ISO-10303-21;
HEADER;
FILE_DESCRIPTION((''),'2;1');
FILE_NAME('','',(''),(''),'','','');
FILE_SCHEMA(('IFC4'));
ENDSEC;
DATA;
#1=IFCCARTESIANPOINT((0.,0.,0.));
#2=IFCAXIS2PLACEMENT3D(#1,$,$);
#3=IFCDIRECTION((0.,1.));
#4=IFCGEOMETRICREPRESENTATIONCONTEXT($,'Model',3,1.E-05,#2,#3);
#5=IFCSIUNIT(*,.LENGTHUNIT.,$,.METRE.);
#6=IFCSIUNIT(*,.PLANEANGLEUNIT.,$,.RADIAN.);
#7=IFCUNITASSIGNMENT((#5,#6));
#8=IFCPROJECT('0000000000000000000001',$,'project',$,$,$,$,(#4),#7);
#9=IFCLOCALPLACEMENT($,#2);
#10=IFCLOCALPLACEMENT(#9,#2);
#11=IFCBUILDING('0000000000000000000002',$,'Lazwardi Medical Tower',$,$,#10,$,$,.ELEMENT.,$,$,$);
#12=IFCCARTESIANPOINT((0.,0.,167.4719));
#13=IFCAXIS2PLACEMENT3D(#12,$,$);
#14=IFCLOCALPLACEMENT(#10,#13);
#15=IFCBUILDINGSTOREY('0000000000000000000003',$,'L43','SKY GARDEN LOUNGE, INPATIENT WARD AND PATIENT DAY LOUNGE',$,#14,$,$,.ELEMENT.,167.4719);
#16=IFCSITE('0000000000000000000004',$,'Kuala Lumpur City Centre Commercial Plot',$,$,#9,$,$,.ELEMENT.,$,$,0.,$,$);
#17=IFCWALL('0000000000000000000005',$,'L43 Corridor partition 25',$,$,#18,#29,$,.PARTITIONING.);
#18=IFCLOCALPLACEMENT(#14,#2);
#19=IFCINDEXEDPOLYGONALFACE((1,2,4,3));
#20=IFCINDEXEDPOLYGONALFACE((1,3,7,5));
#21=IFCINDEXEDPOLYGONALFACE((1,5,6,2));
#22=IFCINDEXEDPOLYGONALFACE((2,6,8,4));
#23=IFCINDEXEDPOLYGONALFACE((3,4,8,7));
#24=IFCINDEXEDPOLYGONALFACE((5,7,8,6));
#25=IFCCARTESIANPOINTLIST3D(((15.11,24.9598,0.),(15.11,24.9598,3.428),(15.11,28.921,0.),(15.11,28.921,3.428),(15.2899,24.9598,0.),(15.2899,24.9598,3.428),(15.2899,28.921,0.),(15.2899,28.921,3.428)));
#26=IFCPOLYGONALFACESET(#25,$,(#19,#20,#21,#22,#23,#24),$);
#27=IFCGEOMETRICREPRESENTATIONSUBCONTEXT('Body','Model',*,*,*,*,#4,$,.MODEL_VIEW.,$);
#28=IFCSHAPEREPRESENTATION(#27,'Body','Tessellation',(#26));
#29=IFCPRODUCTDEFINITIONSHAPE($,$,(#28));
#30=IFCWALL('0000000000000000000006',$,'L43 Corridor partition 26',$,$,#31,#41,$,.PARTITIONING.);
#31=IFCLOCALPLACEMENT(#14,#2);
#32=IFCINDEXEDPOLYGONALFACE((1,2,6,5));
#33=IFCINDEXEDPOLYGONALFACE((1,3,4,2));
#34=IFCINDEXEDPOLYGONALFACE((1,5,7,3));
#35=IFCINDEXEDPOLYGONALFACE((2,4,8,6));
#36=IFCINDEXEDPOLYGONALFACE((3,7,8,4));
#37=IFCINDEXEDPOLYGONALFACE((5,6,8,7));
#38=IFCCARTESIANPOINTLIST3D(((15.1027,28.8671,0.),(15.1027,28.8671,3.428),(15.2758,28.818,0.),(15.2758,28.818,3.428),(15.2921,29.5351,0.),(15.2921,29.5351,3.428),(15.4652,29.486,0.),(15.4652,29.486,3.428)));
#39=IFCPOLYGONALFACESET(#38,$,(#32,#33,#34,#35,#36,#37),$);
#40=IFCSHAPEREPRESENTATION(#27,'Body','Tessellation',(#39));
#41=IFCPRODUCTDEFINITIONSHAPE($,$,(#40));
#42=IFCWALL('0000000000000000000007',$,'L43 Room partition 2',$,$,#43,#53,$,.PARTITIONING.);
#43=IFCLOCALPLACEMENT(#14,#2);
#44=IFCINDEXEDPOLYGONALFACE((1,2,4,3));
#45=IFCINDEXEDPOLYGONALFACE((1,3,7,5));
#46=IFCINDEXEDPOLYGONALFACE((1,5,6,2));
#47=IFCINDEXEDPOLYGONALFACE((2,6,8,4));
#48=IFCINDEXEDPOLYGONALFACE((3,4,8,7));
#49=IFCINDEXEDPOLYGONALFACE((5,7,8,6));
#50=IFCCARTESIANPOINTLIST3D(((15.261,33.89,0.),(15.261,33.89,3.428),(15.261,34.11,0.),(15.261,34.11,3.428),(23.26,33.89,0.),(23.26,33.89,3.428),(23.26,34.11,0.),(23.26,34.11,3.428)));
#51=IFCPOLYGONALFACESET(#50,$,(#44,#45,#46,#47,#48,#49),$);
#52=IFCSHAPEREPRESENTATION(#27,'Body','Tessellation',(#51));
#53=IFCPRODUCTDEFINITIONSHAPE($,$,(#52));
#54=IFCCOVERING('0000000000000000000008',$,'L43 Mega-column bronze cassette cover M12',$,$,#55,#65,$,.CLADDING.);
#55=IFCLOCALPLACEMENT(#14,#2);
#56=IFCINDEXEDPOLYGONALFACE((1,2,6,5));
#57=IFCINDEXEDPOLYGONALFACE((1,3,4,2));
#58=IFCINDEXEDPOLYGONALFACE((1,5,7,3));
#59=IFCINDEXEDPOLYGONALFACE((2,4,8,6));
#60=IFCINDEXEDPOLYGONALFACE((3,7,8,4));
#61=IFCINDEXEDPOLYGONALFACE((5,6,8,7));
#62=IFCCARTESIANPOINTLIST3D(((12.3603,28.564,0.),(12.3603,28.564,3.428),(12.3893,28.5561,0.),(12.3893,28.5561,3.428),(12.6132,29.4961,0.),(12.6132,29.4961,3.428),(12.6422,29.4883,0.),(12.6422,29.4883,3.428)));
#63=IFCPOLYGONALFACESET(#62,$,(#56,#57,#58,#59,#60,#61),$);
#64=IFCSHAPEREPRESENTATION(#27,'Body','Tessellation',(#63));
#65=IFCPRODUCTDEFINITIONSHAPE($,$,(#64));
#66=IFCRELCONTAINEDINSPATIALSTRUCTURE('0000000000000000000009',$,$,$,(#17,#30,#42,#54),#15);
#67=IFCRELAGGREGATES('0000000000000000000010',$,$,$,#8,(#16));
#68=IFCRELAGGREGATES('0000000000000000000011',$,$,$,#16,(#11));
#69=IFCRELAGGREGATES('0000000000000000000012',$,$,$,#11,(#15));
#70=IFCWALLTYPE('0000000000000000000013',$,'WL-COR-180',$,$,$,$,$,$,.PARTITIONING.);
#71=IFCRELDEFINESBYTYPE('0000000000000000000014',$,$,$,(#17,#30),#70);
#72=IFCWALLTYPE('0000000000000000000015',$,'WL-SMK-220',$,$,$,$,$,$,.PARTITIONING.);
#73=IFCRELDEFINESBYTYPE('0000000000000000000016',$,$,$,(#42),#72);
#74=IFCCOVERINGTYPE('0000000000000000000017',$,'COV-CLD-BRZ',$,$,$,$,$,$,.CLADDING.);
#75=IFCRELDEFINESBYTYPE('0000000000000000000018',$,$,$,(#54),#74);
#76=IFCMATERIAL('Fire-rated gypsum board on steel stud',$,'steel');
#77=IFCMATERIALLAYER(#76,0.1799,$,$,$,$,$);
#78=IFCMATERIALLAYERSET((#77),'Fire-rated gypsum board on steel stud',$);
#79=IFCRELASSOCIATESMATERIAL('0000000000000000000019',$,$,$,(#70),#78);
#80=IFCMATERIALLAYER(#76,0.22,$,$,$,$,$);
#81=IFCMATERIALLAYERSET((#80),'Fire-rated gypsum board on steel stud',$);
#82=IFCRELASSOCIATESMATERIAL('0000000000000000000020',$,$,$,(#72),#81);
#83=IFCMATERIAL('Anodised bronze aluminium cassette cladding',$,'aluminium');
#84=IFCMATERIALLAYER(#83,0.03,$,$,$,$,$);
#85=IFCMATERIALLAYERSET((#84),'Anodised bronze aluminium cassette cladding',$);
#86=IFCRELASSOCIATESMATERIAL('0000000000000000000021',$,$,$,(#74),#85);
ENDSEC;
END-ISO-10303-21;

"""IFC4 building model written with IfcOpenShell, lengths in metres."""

from ifc_helpers import new_model, si_unit, direction, frame, frame_2d, origin, origin_2d, place, context, subcontext, project, spatial, rectangle, extrude, material, layer, layer_set, type_object, element, save


model = new_model("IFC4")

# Units and contexts
model_context = context("Model", 3, precision=1e-05, world=origin(), true_north=direction((0.0, 1.0)))
body_context = subcontext(model_context, "Body", "Model", "MODEL_VIEW")
ifc_project = project(units=[si_unit("LENGTHUNIT", "METRE"), si_unit("PLANEANGLEUNIT", "RADIAN")], contexts=[model_context])

# Site, building, storey
site_placement = place(None, origin())
site = spatial("IfcSite", under=ifc_project, at=site_placement, Name="Kuala Lumpur City Centre Commercial Plot", CompositionType="ELEMENT", RefElevation=0.0)
building_placement = place(site_placement, origin())
building = spatial("IfcBuilding", under=site, at=building_placement, Name="Lazwardi Medical Tower", CompositionType="ELEMENT")
storey_placement = place(building_placement, frame((0.0, 0.0, 167.4719)))
storey = spatial("IfcBuildingStorey", under=building, at=storey_placement, Name="L43", Description="SKY GARDEN LOUNGE, INPATIENT WARD AND PATIENT DAY LOUNGE", CompositionType="ELEMENT", Elevation=167.4719)

# Shared definitions
ifc_material_1 = material(Name="Fire-rated gypsum board on steel stud", Category="steel")
ifc_layer_1 = layer(ifc_material_1, 0.1799)
ifc_layer_set_1 = layer_set([ifc_layer_1], Name="Fire-rated gypsum board on steel stud")
wall_type_1 = type_object("IfcWallType", Name="WL-COR-180", PredefinedType="PARTITIONING", material=ifc_layer_set_1)

# Walls
wall_1_placement = place(storey_placement, frame((15.2, 24.96, 0.0), z_axis=(0.0, 0.0, 1.0), x_axis=(0.0, 1.0, 0.0)))
element("IfcWall", 1, at=wall_1_placement, inside=storey, type_object=wall_type_1, Name="L43 Corridor partition 25", PredefinedType="PARTITIONING", context=body_context, shape_type="SweptSolid", body=[
    extrude(rectangle(XDim=3.9612, YDim=0.1799, at=frame_2d((1.9805, 0.0))), origin(), (0.0, 0.0, 1.0), 3.428),
])
wall_2_placement = place(storey_placement, frame((15.1892, 28.8425, 0.0), z_axis=(0.0, 0.0, 1.0), x_axis=(0.272863, 0.962053, 0.0)))
element("IfcWall", 2, at=wall_2_placement, inside=storey, type_object=wall_type_1, Name="L43 Corridor partition 26", PredefinedType="PARTITIONING", context=body_context, shape_type="SweptSolid", body=[
    extrude(rectangle(XDim=0.6943, YDim=0.1799, at=frame_2d((0.3472, 0.0))), origin(), (0.0, 0.0, 1.0), 3.428),
])
ifc_layer_2 = layer(ifc_material_1, 0.22)
ifc_layer_set_2 = layer_set([ifc_layer_2], Name="Fire-rated gypsum board on steel stud")
wall_type_2 = type_object("IfcWallType", Name="WL-SMK-220", PredefinedType="PARTITIONING", material=ifc_layer_set_2)
wall_3_placement = place(storey_placement, frame((15.261, 34.0, 0.0), z_axis=(0.0, 0.0, 1.0), x_axis=(1.0, 0.0, 0.0)))
element("IfcWall", 3, at=wall_3_placement, inside=storey, type_object=wall_type_2, Name="L43 Room partition 2", PredefinedType="PARTITIONING", context=body_context, shape_type="SweptSolid", body=[
    extrude(rectangle(XDim=7.999, YDim=0.22, at=frame_2d((3.9995, 0.0))), origin(), (0.0, 0.0, 1.0), 3.428),
])

# Covering
ifc_material_2 = material(Name="Anodised bronze aluminium cassette cladding", Category="aluminium")
ifc_layer_3 = layer(ifc_material_2, 0.03)
ifc_layer_set_3 = layer_set([ifc_layer_3], Name="Anodised bronze aluminium cassette cladding")
covering_type = type_object("IfcCoveringType", Name="COV-CLD-BRZ", PredefinedType="CLADDING", material=ifc_layer_set_3)
covering_placement = place(storey_placement, frame((12.5012, 29.0261, 0.0), z_axis=(0.0, 0.0, 1.0), x_axis=(-0.261829, -0.965114, 0.0)))
element("IfcCovering", 4, at=covering_placement, inside=storey, type_object=covering_type, Name="L43 Mega-column bronze cassette cover M12", PredefinedType="CLADDING", context=body_context, shape_type="SweptSolid", body=[
    extrude(rectangle(XDim=0.9658, YDim=0.03, at=origin_2d()), origin(), (0.0, 0.0, 1.0), 3.428),
])

save(model, "model.ifc")
